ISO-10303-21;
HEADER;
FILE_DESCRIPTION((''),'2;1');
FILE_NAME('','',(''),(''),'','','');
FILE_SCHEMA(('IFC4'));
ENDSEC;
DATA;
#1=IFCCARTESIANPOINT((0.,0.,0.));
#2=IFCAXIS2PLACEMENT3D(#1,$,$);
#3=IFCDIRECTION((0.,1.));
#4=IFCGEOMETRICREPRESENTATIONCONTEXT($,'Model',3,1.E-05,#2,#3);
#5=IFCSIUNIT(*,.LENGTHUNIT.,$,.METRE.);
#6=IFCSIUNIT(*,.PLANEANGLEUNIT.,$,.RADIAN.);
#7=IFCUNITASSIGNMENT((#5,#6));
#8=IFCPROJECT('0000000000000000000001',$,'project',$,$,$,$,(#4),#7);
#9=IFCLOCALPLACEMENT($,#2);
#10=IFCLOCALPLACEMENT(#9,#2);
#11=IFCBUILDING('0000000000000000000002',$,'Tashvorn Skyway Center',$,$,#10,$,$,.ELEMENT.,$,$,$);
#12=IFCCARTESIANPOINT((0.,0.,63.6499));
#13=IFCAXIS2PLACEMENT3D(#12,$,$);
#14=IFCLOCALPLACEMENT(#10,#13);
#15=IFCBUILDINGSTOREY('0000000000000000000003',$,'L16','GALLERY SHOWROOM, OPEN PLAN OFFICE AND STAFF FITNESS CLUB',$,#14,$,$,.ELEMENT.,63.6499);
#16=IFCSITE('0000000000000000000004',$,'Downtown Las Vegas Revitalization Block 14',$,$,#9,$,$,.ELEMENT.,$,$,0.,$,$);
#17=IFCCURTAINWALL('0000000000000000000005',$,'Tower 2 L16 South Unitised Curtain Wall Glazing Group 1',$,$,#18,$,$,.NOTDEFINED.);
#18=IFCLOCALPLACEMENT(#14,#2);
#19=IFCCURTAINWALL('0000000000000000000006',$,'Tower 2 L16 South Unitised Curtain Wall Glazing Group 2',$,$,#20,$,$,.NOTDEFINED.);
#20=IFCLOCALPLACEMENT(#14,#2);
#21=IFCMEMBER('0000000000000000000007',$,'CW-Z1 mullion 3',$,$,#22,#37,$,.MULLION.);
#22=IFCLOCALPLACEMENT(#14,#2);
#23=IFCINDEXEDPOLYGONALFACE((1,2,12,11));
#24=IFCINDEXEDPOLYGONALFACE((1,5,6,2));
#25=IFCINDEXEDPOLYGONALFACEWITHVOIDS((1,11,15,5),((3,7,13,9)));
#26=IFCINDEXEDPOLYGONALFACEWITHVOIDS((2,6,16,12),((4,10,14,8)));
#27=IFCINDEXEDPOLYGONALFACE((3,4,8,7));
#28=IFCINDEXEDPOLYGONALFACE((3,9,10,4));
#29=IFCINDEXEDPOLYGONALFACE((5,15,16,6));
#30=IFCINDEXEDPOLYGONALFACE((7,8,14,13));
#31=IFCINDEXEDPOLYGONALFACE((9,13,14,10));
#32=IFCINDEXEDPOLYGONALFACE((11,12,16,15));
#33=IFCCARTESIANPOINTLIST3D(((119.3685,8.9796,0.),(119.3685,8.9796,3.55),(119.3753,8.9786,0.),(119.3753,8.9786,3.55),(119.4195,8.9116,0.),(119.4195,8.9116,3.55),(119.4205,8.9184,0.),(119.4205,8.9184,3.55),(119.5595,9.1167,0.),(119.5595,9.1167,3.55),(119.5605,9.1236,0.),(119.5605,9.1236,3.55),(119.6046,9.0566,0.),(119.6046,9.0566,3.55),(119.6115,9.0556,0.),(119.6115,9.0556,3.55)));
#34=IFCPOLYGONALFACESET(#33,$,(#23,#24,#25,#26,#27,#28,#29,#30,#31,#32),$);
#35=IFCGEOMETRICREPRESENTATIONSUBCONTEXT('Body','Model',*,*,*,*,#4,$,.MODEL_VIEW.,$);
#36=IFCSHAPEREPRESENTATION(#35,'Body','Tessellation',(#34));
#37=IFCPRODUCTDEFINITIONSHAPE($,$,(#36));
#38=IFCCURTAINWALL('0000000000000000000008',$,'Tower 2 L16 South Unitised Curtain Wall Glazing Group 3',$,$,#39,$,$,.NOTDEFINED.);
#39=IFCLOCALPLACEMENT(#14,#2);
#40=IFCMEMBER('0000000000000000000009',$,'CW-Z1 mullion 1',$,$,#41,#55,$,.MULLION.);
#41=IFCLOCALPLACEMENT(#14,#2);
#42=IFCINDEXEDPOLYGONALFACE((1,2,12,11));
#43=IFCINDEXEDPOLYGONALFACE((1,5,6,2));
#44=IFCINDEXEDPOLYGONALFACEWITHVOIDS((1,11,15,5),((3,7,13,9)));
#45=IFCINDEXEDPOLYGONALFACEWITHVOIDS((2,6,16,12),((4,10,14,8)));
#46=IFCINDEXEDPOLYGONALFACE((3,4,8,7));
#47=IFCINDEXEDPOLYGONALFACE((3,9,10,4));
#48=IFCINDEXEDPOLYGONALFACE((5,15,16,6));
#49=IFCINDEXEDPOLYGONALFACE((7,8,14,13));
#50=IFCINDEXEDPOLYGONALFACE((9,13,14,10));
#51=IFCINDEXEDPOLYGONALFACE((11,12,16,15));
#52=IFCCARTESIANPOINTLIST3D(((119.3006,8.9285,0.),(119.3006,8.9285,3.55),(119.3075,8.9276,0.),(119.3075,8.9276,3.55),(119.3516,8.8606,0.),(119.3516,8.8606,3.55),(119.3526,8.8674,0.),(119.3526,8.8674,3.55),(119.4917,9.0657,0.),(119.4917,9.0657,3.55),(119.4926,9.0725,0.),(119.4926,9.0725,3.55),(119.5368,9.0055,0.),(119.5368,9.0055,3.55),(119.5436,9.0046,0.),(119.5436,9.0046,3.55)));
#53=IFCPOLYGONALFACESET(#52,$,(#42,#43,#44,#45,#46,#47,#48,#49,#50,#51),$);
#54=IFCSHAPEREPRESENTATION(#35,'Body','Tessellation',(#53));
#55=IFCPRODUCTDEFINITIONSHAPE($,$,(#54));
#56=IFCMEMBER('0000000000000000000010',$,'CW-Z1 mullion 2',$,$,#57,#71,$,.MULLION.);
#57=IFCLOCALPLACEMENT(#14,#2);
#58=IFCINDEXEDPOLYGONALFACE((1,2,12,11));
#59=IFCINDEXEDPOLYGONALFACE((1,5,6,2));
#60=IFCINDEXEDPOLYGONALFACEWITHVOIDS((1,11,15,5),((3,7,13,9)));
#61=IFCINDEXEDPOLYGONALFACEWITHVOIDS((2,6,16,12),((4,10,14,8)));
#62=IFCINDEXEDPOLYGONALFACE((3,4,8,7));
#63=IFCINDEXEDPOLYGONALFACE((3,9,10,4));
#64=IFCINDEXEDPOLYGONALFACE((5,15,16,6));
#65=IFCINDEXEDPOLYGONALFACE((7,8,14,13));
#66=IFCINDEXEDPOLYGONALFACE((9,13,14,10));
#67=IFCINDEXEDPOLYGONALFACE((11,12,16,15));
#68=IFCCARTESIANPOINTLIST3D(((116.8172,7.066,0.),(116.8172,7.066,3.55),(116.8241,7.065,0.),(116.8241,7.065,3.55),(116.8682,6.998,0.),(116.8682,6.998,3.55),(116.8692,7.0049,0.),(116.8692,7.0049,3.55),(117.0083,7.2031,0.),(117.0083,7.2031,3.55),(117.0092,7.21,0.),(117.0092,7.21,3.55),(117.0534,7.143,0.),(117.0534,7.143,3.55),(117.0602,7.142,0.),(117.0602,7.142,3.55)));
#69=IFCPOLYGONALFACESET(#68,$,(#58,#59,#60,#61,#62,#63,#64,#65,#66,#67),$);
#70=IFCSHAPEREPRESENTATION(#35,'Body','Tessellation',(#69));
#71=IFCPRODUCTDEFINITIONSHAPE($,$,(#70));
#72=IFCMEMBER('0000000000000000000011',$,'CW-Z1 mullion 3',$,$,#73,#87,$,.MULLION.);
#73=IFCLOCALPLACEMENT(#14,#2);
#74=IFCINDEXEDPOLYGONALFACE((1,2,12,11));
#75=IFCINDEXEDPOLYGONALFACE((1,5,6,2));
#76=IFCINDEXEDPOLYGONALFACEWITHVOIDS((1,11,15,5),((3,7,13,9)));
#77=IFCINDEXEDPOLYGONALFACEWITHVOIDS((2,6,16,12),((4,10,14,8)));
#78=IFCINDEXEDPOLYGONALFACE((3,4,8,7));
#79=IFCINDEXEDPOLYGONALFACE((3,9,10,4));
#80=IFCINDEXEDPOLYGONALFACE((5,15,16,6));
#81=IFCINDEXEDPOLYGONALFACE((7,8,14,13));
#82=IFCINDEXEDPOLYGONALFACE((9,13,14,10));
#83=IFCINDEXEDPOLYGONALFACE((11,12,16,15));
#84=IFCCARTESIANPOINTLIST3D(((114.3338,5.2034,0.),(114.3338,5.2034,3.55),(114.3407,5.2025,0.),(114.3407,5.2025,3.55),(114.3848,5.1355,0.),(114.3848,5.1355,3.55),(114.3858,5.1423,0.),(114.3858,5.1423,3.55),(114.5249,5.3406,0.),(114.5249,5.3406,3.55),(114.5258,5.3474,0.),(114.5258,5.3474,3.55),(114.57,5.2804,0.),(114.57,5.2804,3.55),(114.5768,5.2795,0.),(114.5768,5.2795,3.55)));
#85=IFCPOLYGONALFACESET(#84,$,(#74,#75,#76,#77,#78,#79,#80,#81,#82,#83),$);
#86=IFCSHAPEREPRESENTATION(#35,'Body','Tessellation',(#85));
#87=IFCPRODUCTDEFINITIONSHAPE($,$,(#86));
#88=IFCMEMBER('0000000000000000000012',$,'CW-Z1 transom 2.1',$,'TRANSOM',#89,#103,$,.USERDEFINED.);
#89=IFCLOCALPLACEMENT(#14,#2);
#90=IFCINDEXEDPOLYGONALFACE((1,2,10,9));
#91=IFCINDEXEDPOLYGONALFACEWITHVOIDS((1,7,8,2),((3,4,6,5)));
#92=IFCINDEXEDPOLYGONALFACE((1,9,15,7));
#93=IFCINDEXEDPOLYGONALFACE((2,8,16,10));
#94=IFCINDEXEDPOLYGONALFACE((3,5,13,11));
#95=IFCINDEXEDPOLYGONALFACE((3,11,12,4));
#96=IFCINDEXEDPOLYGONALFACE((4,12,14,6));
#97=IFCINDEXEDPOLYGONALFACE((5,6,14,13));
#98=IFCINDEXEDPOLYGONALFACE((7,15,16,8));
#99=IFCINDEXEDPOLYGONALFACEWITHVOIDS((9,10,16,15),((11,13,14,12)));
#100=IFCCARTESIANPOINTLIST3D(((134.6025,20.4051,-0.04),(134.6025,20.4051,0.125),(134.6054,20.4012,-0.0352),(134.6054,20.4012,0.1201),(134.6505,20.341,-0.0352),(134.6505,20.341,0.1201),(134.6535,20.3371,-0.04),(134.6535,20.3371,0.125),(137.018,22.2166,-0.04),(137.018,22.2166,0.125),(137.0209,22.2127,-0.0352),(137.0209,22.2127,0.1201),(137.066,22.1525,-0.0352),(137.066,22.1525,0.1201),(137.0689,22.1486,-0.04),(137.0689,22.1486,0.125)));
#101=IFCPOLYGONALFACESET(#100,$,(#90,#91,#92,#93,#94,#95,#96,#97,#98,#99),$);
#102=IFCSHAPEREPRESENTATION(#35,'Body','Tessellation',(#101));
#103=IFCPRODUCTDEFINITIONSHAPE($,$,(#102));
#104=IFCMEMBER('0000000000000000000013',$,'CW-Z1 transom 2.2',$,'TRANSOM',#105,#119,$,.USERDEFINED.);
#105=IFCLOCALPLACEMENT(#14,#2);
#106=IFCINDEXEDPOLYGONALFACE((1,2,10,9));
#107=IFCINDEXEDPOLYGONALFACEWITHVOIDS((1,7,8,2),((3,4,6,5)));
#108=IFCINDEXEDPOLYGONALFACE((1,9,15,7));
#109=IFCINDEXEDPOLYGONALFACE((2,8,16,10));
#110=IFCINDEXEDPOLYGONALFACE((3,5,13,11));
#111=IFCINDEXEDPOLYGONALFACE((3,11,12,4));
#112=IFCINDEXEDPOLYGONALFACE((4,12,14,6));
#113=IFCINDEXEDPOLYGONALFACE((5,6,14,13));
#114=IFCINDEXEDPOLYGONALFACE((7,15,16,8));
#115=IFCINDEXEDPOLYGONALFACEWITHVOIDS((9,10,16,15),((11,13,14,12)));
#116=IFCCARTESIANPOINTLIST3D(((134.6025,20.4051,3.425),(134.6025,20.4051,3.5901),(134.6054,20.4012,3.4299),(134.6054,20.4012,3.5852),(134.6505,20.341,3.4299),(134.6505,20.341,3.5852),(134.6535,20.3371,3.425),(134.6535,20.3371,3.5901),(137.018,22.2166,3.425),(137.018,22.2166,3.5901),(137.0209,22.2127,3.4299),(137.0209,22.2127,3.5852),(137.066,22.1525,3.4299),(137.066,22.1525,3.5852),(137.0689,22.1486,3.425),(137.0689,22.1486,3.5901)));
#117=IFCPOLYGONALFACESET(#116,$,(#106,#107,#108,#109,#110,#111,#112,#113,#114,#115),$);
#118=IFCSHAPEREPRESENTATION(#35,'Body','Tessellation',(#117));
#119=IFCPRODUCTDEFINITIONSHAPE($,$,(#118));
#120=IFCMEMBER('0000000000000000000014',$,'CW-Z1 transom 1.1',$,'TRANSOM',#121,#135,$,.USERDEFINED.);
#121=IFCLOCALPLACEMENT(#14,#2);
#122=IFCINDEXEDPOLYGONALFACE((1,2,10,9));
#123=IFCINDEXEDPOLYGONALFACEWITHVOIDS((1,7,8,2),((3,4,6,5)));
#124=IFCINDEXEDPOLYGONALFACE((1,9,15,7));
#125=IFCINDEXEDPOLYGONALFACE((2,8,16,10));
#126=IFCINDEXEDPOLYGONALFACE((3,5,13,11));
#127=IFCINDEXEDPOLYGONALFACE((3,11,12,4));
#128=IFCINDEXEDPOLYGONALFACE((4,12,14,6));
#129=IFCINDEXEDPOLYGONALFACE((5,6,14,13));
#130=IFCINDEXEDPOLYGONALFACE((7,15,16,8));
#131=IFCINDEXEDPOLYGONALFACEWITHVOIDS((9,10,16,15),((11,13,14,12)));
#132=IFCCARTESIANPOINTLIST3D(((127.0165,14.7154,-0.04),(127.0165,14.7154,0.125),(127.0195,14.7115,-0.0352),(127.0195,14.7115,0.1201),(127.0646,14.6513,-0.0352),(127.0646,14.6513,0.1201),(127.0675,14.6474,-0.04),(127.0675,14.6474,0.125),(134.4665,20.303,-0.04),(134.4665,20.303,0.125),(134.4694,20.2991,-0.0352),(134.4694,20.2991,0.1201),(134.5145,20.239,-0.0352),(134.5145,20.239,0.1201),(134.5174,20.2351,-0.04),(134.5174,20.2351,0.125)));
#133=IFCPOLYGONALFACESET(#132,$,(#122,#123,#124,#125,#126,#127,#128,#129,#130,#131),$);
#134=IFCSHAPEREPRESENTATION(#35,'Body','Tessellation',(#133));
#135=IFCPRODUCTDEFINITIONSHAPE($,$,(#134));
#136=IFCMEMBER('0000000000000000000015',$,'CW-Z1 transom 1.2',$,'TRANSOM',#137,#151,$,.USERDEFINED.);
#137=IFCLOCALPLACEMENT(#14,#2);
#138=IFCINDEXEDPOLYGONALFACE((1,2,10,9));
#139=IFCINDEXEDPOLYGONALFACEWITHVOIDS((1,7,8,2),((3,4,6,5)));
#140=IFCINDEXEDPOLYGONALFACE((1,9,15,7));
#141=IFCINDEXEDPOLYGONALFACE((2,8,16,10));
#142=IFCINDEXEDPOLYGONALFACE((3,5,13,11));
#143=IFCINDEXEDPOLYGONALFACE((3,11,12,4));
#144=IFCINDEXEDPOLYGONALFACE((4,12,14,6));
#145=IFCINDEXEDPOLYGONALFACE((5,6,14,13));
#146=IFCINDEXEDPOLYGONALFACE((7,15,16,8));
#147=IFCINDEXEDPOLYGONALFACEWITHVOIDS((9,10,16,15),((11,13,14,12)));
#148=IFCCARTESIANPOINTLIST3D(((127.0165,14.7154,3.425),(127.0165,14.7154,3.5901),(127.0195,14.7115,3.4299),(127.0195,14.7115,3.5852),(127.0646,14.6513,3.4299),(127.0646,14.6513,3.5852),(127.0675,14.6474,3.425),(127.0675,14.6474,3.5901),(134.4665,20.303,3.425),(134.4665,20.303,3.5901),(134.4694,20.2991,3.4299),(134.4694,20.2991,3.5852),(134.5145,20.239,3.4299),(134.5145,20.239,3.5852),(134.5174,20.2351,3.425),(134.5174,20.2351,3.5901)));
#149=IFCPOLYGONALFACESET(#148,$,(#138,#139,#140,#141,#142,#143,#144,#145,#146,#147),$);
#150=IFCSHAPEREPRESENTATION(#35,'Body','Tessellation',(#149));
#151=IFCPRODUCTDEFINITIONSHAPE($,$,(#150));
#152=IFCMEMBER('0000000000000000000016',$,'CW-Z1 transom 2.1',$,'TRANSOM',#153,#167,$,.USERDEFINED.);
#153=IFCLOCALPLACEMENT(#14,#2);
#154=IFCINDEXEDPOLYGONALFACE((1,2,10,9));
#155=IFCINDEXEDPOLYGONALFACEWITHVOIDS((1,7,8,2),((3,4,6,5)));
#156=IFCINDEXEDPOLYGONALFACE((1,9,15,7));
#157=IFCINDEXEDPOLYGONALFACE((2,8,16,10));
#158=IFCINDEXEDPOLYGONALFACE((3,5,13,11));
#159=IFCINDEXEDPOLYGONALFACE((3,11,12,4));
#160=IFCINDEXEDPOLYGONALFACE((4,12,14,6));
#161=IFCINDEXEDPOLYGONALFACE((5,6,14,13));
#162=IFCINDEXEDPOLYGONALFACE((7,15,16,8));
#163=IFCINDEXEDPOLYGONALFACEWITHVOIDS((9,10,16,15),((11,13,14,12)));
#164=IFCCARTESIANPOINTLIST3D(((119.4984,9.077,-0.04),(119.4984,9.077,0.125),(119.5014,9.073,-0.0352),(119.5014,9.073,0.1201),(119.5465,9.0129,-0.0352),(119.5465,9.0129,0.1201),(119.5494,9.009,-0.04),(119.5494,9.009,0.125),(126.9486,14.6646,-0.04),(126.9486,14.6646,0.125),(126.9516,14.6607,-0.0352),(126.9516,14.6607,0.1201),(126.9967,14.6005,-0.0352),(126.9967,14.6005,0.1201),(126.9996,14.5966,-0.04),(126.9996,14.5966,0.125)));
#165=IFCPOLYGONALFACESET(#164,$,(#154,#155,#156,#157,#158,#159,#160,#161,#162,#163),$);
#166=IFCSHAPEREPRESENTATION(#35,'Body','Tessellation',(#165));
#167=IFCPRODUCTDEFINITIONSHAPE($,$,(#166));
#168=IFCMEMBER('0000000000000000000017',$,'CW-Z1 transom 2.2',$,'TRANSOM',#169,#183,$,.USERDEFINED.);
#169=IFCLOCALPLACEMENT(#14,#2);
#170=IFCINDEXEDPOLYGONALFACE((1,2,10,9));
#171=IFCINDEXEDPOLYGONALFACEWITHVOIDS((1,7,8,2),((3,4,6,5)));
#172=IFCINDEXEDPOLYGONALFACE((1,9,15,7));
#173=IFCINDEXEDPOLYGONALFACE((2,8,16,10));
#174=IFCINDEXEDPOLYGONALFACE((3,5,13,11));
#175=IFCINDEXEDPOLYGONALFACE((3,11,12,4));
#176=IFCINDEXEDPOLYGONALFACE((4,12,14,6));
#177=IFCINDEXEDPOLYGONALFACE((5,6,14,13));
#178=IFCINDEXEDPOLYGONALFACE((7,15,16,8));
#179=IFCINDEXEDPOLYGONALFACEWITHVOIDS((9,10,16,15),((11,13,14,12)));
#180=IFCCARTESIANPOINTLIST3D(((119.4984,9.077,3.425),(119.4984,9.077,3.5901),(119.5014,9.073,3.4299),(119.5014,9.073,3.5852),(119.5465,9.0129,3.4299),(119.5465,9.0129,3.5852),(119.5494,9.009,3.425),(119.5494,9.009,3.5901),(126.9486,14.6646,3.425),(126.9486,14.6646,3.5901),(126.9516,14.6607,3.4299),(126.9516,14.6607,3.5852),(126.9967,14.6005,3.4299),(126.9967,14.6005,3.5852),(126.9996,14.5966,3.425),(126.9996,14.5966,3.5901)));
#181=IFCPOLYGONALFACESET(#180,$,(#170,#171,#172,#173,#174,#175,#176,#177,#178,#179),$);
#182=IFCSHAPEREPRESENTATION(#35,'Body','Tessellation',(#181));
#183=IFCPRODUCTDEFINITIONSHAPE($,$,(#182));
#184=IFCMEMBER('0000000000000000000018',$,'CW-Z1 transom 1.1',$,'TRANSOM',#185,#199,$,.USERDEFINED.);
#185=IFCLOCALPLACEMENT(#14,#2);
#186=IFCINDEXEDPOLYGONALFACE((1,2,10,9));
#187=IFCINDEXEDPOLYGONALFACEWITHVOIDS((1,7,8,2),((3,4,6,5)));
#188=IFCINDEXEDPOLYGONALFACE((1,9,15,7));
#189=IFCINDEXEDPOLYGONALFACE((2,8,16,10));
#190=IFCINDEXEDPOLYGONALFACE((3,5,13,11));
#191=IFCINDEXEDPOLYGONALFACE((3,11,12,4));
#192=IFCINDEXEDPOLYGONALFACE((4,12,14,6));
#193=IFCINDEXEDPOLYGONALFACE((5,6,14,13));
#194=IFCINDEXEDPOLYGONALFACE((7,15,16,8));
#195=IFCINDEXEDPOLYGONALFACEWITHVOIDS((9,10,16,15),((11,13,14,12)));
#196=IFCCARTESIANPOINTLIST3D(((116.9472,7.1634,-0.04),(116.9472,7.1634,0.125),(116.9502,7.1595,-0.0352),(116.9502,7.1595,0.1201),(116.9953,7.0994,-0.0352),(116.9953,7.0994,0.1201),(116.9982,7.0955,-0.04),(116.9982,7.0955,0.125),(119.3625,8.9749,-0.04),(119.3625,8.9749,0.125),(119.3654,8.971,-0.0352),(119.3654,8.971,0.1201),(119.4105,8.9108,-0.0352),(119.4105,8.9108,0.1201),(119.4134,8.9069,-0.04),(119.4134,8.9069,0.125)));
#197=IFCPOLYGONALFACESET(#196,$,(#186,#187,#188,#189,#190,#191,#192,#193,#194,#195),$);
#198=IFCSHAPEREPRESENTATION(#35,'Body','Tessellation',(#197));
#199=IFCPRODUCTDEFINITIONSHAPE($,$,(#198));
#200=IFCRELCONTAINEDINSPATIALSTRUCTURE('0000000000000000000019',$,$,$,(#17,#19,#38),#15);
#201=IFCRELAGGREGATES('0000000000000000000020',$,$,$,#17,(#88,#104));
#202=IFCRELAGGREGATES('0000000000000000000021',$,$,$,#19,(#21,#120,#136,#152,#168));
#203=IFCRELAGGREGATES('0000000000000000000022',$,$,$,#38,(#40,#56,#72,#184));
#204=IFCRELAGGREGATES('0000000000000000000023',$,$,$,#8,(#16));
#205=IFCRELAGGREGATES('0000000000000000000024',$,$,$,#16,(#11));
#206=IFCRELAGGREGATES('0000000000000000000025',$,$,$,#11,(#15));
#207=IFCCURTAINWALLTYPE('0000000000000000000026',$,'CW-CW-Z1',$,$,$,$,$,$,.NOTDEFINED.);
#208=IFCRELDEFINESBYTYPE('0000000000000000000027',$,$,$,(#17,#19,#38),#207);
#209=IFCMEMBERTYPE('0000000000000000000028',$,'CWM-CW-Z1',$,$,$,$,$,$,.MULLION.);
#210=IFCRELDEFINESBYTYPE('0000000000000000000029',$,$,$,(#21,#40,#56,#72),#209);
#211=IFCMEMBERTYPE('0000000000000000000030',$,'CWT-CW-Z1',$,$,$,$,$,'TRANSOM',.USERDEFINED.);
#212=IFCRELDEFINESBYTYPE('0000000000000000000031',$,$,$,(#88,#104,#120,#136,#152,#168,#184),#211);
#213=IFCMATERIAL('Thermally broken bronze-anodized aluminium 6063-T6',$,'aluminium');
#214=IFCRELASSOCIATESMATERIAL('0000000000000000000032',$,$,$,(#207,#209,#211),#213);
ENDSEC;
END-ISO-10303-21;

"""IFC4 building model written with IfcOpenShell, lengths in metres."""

from ifc_helpers import new_model, si_unit, direction, frame, origin, origin_2d, place, context, subcontext, project, spatial, hollow_rectangle, extrude, material, material_profile, profile_set, type_object, element, aggregate, save


model = new_model("IFC4")

# Units and contexts
model_context = context("Model", 3, precision=1e-05, world=origin(), true_north=direction((0.0, 1.0)))
body_context = subcontext(model_context, "Body", "Model", "MODEL_VIEW")
ifc_project = project(units=[si_unit("LENGTHUNIT", "METRE"), si_unit("PLANEANGLEUNIT", "RADIAN")], contexts=[model_context])

# Site, building, storey
site_placement = place(None, origin())
site = spatial("IfcSite", under=ifc_project, at=site_placement, Name="Downtown Las Vegas Revitalization Block 14", CompositionType="ELEMENT", RefElevation=0.0)
building_placement = place(site_placement, origin())
building = spatial("IfcBuilding", under=site, at=building_placement, Name="Tashvorn Skyway Center", CompositionType="ELEMENT")
storey_placement = place(building_placement, frame((0.0, 0.0, 63.6499)))
storey = spatial("IfcBuildingStorey", under=building, at=storey_placement, Name="L16", Description="GALLERY SHOWROOM, OPEN PLAN OFFICE AND STAFF FITNESS CLUB", CompositionType="ELEMENT", Elevation=63.6499)

# Curtain walls, members
ifc_material_1 = material(Name="Thermally broken bronze-anodized aluminium 6063-T6", Category="aluminium")
curtain_wall_type = type_object("IfcCurtainWallType", Name="CW-CW-Z1", PredefinedType="NOTDEFINED", material=ifc_material_1)
curtain_wall_1_placement = place(storey_placement, origin())
curtain_wall_1 = element("IfcCurtainWall", 1, at=curtain_wall_1_placement, inside=storey, type_object=curtain_wall_type, Name="Tower 2 L16 South Unitised Curtain Wall Glazing Group 1", PredefinedType="NOTDEFINED")
ifc_material_profile_1 = material_profile(ifc_material_1, hollow_rectangle(XDim=0.085, YDim=0.24, WallThickness=0.0049, at=origin_2d()), Name="ALU-MULL-85x240")
ifc_profile_set_1 = profile_set([ifc_material_profile_1], Name="Thermally broken bronze-anodized aluminium 6063-T6")
member_type_1 = type_object("IfcMemberType", Name="CWM-CW-Z1", PredefinedType="MULLION", material=ifc_profile_set_1)
curtain_wall_2_placement = place(storey_placement, origin())
curtain_wall_2 = element("IfcCurtainWall", 2, at=curtain_wall_2_placement, inside=storey, type_object=curtain_wall_type, Name="Tower 2 L16 South Unitised Curtain Wall Glazing Group 2", PredefinedType="NOTDEFINED")
member_1_placement = place(storey_placement, frame((119.49, 9.0176, 0.0), z_axis=(0.0, 0.0, 1.0), x_axis=(0.6, -0.8, 0.0)))
member_1 = element("IfcMember", 3, at=member_1_placement, type_object=member_type_1, Name="CW-Z1 mullion 3", PredefinedType="MULLION", context=body_context, shape_type="SweptSolid", body=[
    extrude(hollow_rectangle(XDim=0.085, YDim=0.24, WallThickness=0.0049, at=origin_2d()), origin(), (0.0, 0.0, 1.0), 3.55),
])
curtain_wall_3_placement = place(storey_placement, origin())
curtain_wall_3 = element("IfcCurtainWall", 4, at=curtain_wall_3_placement, inside=storey, type_object=curtain_wall_type, Name="Tower 2 L16 South Unitised Curtain Wall Glazing Group 3", PredefinedType="NOTDEFINED")
member_2_placement = place(storey_placement, frame((119.4221, 8.9666, 0.0), z_axis=(0.0, 0.0, 1.0), x_axis=(0.599997, -0.800002, 0.0)))
member_2 = element("IfcMember", 5, at=member_2_placement, type_object=member_type_1, Name="CW-Z1 mullion 1", PredefinedType="MULLION", context=body_context, shape_type="SweptSolid", body=[
    extrude(hollow_rectangle(XDim=0.085, YDim=0.24, WallThickness=0.0049, at=origin_2d()), origin(), (0.0, 0.0, 1.0), 3.55),
])
member_3_placement = place(storey_placement, frame((116.9387, 7.104, 0.0), z_axis=(0.0, 0.0, 1.0), x_axis=(0.599997, -0.800002, 0.0)))
member_3 = element("IfcMember", 6, at=member_3_placement, type_object=member_type_1, Name="CW-Z1 mullion 2", PredefinedType="MULLION", context=body_context, shape_type="SweptSolid", body=[
    extrude(hollow_rectangle(XDim=0.085, YDim=0.24, WallThickness=0.0049, at=origin_2d()), origin(), (0.0, 0.0, 1.0), 3.55),
])
member_4_placement = place(storey_placement, frame((114.4553, 5.2415, 0.0), z_axis=(0.0, 0.0, 1.0), x_axis=(0.599997, -0.800002, 0.0)))
member_4 = element("IfcMember", 7, at=member_4_placement, type_object=member_type_1, Name="CW-Z1 mullion 3", PredefinedType="MULLION", context=body_context, shape_type="SweptSolid", body=[
    extrude(hollow_rectangle(XDim=0.085, YDim=0.24, WallThickness=0.0049, at=origin_2d()), origin(), (0.0, 0.0, 1.0), 3.55),
])

# Members
ifc_material_profile_2 = material_profile(ifc_material_1, hollow_rectangle(XDim=0.085, YDim=0.165, WallThickness=0.0049, at=origin_2d()), Name="ALU-TRAN-85x165")
ifc_profile_set_2 = profile_set([ifc_material_profile_2], Name="Thermally broken bronze-anodized aluminium 6063-T6")
member_type_2 = type_object("IfcMemberType", Name="CWT-CW-Z1", ElementType="TRANSOM", PredefinedType="USERDEFINED", material=ifc_profile_set_2)
member_5_placement = place(storey_placement, frame((137.0435, 22.1826, 0.0425), z_axis=(-0.800019, -0.599974, 0.0), x_axis=(0.599974, -0.800019, 0.0)))
member_5 = element("IfcMember", 8, at=member_5_placement, type_object=member_type_2, Name="CW-Z1 transom 2.1", ObjectType="TRANSOM", PredefinedType="USERDEFINED", context=body_context, shape_type="SweptSolid", body=[
    extrude(hollow_rectangle(XDim=0.085, YDim=0.165, WallThickness=0.0049, at=origin_2d()), origin(), (0.0, 0.0, 1.0), 3.0193),
])
member_6_placement = place(storey_placement, frame((137.0435, 22.1826, 3.5076), z_axis=(-0.800019, -0.599974, 0.0), x_axis=(0.599974, -0.800019, 0.0)))
member_6 = element("IfcMember", 9, at=member_6_placement, type_object=member_type_2, Name="CW-Z1 transom 2.2", ObjectType="TRANSOM", PredefinedType="USERDEFINED", context=body_context, shape_type="SweptSolid", body=[
    extrude(hollow_rectangle(XDim=0.085, YDim=0.165, WallThickness=0.0049, at=origin_2d()), origin(), (0.0, 0.0, 1.0), 3.0193),
])
member_7_placement = place(storey_placement, frame((134.4919, 20.269, 0.0425), z_axis=(-0.799991, -0.600013, 0.0), x_axis=(0.600013, -0.799991, 0.0)))
member_7 = element("IfcMember", 10, at=member_7_placement, type_object=member_type_2, Name="CW-Z1 transom 1.1", ObjectType="TRANSOM", PredefinedType="USERDEFINED", context=body_context, shape_type="SweptSolid", body=[
    extrude(hollow_rectangle(XDim=0.085, YDim=0.165, WallThickness=0.0049, at=origin_2d()), origin(), (0.0, 0.0, 1.0), 9.3125),
])
member_8_placement = place(storey_placement, frame((134.4919, 20.269, 3.5076), z_axis=(-0.799991, -0.600013, 0.0), x_axis=(0.600013, -0.799991, 0.0)))
member_8 = element("IfcMember", 11, at=member_8_placement, type_object=member_type_2, Name="CW-Z1 transom 1.2", ObjectType="TRANSOM", PredefinedType="USERDEFINED", context=body_context, shape_type="SweptSolid", body=[
    extrude(hollow_rectangle(XDim=0.085, YDim=0.165, WallThickness=0.0049, at=origin_2d()), origin(), (0.0, 0.0, 1.0), 9.3125),
])
member_9_placement = place(storey_placement, frame((126.9741, 14.6306, 0.0425), z_axis=(-0.8, -0.6, 0.0), x_axis=(0.6, -0.8, 0.0)))
member_9 = element("IfcMember", 12, at=member_9_placement, type_object=member_type_2, Name="CW-Z1 transom 2.1", ObjectType="TRANSOM", PredefinedType="USERDEFINED", context=body_context, shape_type="SweptSolid", body=[
    extrude(hollow_rectangle(XDim=0.085, YDim=0.165, WallThickness=0.0049, at=origin_2d()), origin(), (0.0, 0.0, 1.0), 9.3127),
])
member_10_placement = place(storey_placement, frame((126.9741, 14.6306, 3.5076), z_axis=(-0.8, -0.6, 0.0), x_axis=(0.6, -0.8, 0.0)))
member_10 = element("IfcMember", 13, at=member_10_placement, type_object=member_type_2, Name="CW-Z1 transom 2.2", ObjectType="TRANSOM", PredefinedType="USERDEFINED", context=body_context, shape_type="SweptSolid", body=[
    extrude(hollow_rectangle(XDim=0.085, YDim=0.165, WallThickness=0.0049, at=origin_2d()), origin(), (0.0, 0.0, 1.0), 9.3127),
])
member_11_placement = place(storey_placement, frame((119.3879, 8.9409, 0.0425), z_axis=(-0.79999, -0.600013, 0.0), x_axis=(0.600013, -0.79999, 0.0)))
member_11 = element("IfcMember", 14, at=member_11_placement, type_object=member_type_2, Name="CW-Z1 transom 1.1", ObjectType="TRANSOM", PredefinedType="USERDEFINED", context=body_context, shape_type="SweptSolid", body=[
    extrude(hollow_rectangle(XDim=0.085, YDim=0.165, WallThickness=0.0049, at=origin_2d()), origin(), (0.0, 0.0, 1.0), 3.019),
])

aggregate(curtain_wall_1, [member_5, member_6])
aggregate(curtain_wall_2, [member_1, member_7, member_8, member_9, member_10])
aggregate(curtain_wall_3, [member_2, member_3, member_4, member_11])

save(model, "model.ifc")
